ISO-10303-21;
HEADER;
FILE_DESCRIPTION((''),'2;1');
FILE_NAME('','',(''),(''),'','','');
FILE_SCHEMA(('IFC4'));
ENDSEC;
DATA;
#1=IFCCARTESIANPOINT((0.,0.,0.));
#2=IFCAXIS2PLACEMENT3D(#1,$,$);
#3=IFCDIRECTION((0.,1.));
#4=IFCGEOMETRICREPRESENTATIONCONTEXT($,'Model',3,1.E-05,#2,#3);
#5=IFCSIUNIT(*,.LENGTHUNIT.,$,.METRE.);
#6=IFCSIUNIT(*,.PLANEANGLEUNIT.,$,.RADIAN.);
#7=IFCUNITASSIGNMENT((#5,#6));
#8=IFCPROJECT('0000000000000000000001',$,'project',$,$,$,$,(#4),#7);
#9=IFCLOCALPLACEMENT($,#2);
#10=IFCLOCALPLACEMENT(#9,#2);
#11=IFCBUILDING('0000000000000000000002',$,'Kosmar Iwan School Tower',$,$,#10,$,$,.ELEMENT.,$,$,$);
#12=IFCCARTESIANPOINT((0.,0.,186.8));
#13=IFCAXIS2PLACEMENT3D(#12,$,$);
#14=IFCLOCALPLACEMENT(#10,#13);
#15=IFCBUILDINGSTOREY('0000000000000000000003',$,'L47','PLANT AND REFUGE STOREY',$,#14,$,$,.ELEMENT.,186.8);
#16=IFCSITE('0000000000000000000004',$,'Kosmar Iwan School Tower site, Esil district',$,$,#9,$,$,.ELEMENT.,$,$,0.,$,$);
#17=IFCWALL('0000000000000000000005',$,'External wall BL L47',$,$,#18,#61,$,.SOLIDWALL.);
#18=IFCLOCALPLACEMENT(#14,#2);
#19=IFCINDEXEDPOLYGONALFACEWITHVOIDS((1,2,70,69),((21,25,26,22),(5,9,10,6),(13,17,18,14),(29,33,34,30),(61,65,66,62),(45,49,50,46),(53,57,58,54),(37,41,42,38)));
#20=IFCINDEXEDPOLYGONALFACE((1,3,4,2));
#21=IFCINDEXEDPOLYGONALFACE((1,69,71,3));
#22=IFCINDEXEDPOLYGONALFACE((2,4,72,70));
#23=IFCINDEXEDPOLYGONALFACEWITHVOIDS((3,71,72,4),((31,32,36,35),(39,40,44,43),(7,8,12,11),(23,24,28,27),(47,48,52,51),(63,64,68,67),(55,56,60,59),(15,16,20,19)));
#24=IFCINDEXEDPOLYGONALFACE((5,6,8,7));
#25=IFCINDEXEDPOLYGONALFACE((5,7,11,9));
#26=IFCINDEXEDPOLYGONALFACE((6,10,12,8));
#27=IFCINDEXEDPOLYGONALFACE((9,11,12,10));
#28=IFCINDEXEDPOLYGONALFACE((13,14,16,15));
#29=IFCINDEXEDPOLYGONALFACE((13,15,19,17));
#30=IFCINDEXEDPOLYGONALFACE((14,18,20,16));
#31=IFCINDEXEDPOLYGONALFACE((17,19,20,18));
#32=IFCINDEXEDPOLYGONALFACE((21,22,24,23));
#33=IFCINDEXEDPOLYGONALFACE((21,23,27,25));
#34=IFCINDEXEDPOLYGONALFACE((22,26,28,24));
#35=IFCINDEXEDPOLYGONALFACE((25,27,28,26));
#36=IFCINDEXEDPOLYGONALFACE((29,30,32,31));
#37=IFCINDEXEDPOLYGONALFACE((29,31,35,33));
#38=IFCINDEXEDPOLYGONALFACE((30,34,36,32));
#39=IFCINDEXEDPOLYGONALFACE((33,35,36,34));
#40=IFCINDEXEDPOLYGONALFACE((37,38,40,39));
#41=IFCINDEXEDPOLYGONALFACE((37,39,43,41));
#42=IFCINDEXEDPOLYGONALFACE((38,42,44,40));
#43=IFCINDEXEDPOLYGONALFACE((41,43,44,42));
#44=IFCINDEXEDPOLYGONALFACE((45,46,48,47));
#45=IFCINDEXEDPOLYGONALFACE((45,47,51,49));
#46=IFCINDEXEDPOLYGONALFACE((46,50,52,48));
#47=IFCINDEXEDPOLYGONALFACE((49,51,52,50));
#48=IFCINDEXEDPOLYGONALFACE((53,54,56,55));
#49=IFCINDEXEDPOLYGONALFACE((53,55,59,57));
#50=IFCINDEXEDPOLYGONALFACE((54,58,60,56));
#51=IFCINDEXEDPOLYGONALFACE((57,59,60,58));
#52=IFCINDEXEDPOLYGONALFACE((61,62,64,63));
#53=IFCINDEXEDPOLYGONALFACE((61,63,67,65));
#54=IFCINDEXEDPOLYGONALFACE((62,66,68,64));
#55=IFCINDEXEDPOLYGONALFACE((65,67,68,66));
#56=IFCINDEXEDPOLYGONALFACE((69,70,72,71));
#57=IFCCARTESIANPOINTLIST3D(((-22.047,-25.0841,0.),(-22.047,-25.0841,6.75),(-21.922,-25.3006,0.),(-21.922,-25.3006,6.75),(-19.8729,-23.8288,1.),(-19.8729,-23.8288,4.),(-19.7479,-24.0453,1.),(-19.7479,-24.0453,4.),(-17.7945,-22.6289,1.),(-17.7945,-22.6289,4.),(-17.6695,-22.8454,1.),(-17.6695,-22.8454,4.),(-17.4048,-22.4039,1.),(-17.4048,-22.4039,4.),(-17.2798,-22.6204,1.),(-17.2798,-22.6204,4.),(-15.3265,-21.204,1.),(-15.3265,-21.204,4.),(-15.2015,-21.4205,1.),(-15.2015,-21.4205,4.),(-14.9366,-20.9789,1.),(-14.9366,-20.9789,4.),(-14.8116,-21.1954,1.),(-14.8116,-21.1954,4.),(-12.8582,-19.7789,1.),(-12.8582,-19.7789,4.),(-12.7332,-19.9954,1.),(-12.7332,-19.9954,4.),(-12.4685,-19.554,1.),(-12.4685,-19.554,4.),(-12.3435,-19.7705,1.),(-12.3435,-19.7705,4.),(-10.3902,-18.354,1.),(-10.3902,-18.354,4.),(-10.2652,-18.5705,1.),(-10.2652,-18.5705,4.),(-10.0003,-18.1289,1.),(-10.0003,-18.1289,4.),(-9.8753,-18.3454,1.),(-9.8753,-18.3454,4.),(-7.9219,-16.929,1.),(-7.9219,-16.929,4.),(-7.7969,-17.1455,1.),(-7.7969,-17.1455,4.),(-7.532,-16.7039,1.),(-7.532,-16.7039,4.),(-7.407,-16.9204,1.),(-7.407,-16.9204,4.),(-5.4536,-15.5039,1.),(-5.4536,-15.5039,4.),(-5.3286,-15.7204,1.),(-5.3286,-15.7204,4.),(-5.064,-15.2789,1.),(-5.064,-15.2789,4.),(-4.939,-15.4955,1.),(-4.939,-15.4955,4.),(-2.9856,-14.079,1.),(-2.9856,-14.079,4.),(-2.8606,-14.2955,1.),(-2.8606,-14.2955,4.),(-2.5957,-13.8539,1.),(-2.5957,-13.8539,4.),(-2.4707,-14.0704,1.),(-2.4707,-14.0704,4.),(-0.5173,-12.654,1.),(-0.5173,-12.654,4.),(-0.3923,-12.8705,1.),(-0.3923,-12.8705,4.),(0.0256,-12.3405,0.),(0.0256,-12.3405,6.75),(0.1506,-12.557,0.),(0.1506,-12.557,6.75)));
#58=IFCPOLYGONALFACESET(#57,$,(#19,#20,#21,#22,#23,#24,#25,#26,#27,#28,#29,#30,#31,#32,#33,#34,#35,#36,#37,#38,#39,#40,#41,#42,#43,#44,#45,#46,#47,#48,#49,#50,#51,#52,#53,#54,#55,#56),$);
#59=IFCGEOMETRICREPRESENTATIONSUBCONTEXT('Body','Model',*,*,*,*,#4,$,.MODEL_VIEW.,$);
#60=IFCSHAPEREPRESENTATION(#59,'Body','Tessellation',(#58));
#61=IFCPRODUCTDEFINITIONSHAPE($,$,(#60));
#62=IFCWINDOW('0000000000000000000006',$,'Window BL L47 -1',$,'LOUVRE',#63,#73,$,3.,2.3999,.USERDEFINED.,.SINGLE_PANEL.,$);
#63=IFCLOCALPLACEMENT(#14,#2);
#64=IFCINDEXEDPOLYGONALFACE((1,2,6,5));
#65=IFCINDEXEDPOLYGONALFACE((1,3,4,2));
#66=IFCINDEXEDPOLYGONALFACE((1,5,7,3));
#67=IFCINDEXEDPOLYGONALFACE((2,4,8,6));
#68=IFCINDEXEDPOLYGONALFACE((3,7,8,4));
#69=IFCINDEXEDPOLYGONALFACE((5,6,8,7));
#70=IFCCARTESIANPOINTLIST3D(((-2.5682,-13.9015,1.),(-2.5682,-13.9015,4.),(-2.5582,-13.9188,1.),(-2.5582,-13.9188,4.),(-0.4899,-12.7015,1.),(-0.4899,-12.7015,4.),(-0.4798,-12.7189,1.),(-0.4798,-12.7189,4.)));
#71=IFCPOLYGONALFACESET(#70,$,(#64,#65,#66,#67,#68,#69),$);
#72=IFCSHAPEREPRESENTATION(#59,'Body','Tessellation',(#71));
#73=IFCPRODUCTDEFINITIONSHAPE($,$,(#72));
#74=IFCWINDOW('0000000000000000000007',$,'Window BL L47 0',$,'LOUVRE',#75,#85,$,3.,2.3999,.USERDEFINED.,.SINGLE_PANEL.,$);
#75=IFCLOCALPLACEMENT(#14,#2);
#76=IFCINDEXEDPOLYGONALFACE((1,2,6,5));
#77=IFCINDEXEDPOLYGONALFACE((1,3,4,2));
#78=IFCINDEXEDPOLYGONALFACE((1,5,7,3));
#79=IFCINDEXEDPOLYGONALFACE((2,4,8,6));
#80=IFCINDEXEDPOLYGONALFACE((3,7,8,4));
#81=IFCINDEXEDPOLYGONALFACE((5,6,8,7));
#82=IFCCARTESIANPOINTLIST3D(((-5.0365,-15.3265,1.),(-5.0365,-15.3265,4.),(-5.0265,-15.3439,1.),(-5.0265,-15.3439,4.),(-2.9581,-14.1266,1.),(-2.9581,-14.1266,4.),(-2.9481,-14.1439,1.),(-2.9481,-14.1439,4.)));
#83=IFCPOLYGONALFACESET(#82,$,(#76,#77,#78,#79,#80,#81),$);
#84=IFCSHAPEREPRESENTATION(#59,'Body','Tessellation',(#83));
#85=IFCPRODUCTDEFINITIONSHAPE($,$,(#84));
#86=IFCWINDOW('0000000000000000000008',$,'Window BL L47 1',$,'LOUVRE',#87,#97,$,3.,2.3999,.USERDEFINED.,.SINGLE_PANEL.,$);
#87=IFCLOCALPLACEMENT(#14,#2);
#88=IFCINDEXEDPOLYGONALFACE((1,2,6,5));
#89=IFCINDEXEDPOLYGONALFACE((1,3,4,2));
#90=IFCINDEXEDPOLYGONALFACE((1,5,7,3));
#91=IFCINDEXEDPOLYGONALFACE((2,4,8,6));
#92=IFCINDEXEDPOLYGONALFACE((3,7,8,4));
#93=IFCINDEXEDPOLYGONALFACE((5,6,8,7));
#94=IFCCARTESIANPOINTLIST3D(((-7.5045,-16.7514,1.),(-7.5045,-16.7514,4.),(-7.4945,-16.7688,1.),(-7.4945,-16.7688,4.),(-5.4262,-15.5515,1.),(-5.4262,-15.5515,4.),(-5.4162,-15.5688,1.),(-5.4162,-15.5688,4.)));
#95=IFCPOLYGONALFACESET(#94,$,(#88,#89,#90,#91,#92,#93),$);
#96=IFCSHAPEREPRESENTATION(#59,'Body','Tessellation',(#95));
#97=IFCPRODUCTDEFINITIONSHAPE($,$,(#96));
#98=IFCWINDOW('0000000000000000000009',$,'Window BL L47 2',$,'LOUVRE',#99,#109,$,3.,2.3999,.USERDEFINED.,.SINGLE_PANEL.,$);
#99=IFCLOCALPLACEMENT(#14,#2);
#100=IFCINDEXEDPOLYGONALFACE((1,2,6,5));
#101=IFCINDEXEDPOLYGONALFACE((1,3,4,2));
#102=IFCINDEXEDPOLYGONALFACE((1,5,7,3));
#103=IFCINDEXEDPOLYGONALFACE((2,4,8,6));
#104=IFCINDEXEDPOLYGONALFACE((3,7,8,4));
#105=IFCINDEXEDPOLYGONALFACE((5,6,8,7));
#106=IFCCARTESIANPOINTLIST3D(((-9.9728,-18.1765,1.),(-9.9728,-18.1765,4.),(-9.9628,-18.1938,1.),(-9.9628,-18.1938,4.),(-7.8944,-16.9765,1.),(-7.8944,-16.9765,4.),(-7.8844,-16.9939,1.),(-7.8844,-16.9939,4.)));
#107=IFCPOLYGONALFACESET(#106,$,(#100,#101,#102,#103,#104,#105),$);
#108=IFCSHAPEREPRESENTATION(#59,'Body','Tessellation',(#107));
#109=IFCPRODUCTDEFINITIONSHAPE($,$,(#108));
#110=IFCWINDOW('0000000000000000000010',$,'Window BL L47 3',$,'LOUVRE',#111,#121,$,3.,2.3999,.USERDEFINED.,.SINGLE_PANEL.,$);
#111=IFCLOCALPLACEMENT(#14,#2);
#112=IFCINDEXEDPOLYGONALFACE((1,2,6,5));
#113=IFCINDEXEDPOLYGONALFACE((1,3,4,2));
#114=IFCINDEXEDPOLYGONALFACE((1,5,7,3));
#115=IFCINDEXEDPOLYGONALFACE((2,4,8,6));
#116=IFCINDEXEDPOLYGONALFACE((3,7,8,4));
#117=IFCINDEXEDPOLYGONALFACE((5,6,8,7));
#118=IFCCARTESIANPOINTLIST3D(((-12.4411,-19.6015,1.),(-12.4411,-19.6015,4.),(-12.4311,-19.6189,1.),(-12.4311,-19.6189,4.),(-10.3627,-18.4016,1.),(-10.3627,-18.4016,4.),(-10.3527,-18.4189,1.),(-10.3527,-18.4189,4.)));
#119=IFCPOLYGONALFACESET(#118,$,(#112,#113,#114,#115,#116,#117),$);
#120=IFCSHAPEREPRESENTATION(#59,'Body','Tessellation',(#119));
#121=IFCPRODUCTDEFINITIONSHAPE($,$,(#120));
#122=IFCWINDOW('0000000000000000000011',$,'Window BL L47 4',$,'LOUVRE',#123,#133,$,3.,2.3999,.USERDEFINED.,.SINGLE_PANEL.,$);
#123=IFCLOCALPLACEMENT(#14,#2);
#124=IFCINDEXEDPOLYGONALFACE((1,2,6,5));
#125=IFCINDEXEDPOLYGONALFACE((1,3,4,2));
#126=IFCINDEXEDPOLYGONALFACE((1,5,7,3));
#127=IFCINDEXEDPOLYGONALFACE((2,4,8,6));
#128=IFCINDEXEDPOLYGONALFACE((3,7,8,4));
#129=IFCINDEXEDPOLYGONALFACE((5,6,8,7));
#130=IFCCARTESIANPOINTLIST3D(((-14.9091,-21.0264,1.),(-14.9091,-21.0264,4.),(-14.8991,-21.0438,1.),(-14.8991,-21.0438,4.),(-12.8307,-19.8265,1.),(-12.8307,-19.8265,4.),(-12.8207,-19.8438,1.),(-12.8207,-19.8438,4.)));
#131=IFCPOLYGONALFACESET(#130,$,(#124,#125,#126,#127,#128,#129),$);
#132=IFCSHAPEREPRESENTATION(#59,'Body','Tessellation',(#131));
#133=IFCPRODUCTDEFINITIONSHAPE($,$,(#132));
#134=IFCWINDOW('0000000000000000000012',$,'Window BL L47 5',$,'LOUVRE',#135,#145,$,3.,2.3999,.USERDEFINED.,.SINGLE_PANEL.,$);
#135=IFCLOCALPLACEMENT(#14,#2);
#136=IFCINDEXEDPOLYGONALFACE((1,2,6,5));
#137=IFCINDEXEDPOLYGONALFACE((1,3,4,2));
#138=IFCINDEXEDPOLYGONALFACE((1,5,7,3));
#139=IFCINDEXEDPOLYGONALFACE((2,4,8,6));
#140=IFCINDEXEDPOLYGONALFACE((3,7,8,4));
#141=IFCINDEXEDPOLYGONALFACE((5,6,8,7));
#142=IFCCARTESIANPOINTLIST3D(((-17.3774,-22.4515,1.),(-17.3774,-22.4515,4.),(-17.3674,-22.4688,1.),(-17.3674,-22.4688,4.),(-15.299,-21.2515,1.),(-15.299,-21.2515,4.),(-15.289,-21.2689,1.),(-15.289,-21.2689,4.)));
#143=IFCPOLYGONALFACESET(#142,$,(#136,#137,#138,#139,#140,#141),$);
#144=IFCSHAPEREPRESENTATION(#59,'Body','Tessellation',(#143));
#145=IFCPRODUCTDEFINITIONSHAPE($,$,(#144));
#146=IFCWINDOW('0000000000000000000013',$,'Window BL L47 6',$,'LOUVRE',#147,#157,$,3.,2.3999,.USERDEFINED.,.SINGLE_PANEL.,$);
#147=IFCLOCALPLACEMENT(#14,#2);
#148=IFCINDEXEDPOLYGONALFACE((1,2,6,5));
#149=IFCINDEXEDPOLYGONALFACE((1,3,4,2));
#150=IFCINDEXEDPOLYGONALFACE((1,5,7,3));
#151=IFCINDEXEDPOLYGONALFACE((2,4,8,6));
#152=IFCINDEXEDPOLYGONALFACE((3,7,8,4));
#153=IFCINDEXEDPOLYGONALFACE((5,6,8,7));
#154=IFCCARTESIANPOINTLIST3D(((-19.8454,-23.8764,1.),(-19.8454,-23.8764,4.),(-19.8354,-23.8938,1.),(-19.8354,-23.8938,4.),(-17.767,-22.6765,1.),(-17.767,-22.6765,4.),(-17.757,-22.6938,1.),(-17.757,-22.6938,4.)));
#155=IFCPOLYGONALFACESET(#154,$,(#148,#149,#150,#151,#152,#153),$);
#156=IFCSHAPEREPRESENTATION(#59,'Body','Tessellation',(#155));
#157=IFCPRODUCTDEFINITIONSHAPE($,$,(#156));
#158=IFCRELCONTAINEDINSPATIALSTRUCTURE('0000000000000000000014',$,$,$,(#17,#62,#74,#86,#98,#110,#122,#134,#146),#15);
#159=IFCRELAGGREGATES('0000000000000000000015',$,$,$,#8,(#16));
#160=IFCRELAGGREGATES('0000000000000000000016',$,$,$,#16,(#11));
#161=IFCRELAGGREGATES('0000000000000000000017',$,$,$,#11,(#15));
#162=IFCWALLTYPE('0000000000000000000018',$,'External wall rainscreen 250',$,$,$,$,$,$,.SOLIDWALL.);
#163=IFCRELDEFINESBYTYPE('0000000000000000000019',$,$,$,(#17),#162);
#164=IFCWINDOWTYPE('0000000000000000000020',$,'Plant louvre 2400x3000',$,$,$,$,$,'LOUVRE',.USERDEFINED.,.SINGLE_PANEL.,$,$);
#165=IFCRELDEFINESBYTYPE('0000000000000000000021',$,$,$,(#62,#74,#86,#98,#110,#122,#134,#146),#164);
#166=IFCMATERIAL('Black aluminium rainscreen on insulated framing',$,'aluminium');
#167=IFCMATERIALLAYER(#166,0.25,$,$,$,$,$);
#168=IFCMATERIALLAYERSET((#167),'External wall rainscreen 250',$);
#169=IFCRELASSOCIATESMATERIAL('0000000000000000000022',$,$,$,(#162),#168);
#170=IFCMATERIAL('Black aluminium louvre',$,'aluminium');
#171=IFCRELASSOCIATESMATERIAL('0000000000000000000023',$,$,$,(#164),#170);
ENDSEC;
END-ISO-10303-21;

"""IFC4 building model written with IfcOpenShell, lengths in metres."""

from ifc_helpers import new_model, si_unit, direction, frame, frame_2d, origin, place, context, subcontext, project, spatial, rectangle, extrude, material, layer, layer_set, type_object, element, fill, save


model = new_model("IFC4")

# Units and contexts
model_context = context("Model", 3, precision=1e-05, world=origin(), true_north=direction((0.0, 1.0)))
body_context = subcontext(model_context, "Body", "Model", "MODEL_VIEW")
ifc_project = project(units=[si_unit("LENGTHUNIT", "METRE"), si_unit("PLANEANGLEUNIT", "RADIAN")], contexts=[model_context])

# Site, building, storey
site_placement = place(None, origin())
site = spatial("IfcSite", under=ifc_project, at=site_placement, Name="Kosmar Iwan School Tower site, Esil district", CompositionType="ELEMENT", RefElevation=0.0)
building_placement = place(site_placement, origin())
building = spatial("IfcBuilding", under=site, at=building_placement, Name="Kosmar Iwan School Tower", CompositionType="ELEMENT")
storey_placement = place(building_placement, frame((0.0, 0.0, 186.8)))
storey = spatial("IfcBuildingStorey", under=building, at=storey_placement, Name="L47", Description="PLANT AND REFUGE STOREY", CompositionType="ELEMENT", Elevation=186.8)

# Wall, openings, windows
ifc_material_1 = material(Name="Black aluminium rainscreen on insulated framing", Category="aluminium")
ifc_layer_1 = layer(ifc_material_1, 0.25)
ifc_layer_set_1 = layer_set([ifc_layer_1], Name="External wall rainscreen 250")
wall_type_1 = type_object("IfcWallType", Name="External wall rainscreen 250", PredefinedType="SOLIDWALL", material=ifc_layer_set_1)
wall_1_placement = place(storey_placement, frame((0.0881, -12.4487, 0.0), z_axis=(0.0, 0.0, 1.0), x_axis=(-0.866026, -0.499998, 0.0)))
wall_1 = element("IfcWall", 1, at=wall_1_placement, inside=storey, type_object=wall_type_1, Name="External wall BL L47", PredefinedType="SOLIDWALL", context=body_context, shape_type="SweptSolid", body=[
    extrude(rectangle(XDim=25.4873, YDim=0.25, at=frame_2d((12.7437, 0.0))), origin(), (0.0, 0.0, 1.0), 6.75),
])
opening_1_placement = place(wall_1_placement, frame((0.627, 0.0, 1.0)))
opening_1 = element("IfcOpeningElement", 2, at=opening_1_placement, cuts=wall_1, PredefinedType="OPENING", context=body_context, shape_type="SweptSolid", body=[
    extrude(rectangle(XDim=2.3999, YDim=3.0, at=frame_2d((1.2, 1.5))), frame((0.0, 0.137, 0.0), z_axis=(0.0, -1.0, 0.0), x_axis=(1.0, 0.0, 0.0)), (0.0, 0.0, 1.0), 0.2739),
])
opening_2_placement = place(wall_1_placement, frame((3.4771, 0.0, 1.0)))
opening_2 = element("IfcOpeningElement", 3, at=opening_2_placement, cuts=wall_1, PredefinedType="OPENING", context=body_context, shape_type="SweptSolid", body=[
    extrude(rectangle(XDim=2.3999, YDim=3.0, at=frame_2d((1.2, 1.5))), frame((0.0, 0.137, 0.0), z_axis=(0.0, -1.0, 0.0), x_axis=(1.0, 0.0, 0.0)), (0.0, 0.0, 1.0), 0.2739),
])
opening_3_placement = place(wall_1_placement, frame((6.3269, 0.0, 1.0)))
opening_3 = element("IfcOpeningElement", 4, at=opening_3_placement, cuts=wall_1, PredefinedType="OPENING", context=body_context, shape_type="SweptSolid", body=[
    extrude(rectangle(XDim=2.3999, YDim=3.0, at=frame_2d((1.2, 1.5))), frame((0.0, 0.137, 0.0), z_axis=(0.0, -1.0, 0.0), x_axis=(1.0, 0.0, 0.0)), (0.0, 0.0, 1.0), 0.2739),
])
opening_4_placement = place(wall_1_placement, frame((9.177, 0.0, 1.0)))
opening_4 = element("IfcOpeningElement", 5, at=opening_4_placement, cuts=wall_1, PredefinedType="OPENING", context=body_context, shape_type="SweptSolid", body=[
    extrude(rectangle(XDim=2.3999, YDim=3.0, at=frame_2d((1.2, 1.5))), frame((0.0, 0.137, 0.0), z_axis=(0.0, -1.0, 0.0), x_axis=(1.0, 0.0, 0.0)), (0.0, 0.0, 1.0), 0.2739),
])
opening_5_placement = place(wall_1_placement, frame((12.0271, 0.0, 1.0)))
opening_5 = element("IfcOpeningElement", 6, at=opening_5_placement, cuts=wall_1, PredefinedType="OPENING", context=body_context, shape_type="SweptSolid", body=[
    extrude(rectangle(XDim=2.3999, YDim=3.0, at=frame_2d((1.2, 1.5))), frame((0.0, 0.137, 0.0), z_axis=(0.0, -1.0, 0.0), x_axis=(1.0, 0.0, 0.0)), (0.0, 0.0, 1.0), 0.2739),
])
opening_6_placement = place(wall_1_placement, frame((14.877, 0.0, 1.0)))
opening_6 = element("IfcOpeningElement", 7, at=opening_6_placement, cuts=wall_1, PredefinedType="OPENING", context=body_context, shape_type="SweptSolid", body=[
    extrude(rectangle(XDim=2.3999, YDim=3.0, at=frame_2d((1.2, 1.5))), frame((0.0, 0.137, 0.0), z_axis=(0.0, -1.0, 0.0), x_axis=(1.0, 0.0, 0.0)), (0.0, 0.0, 1.0), 0.2739),
])
opening_7_placement = place(wall_1_placement, frame((17.7271, 0.0, 1.0)))
opening_7 = element("IfcOpeningElement", 8, at=opening_7_placement, cuts=wall_1, PredefinedType="OPENING", context=body_context, shape_type="SweptSolid", body=[
    extrude(rectangle(XDim=2.3999, YDim=3.0, at=frame_2d((1.2, 1.5))), frame((0.0, 0.137, 0.0), z_axis=(0.0, -1.0, 0.0), x_axis=(1.0, 0.0, 0.0)), (0.0, 0.0, 1.0), 0.2739),
])
opening_8_placement = place(wall_1_placement, frame((20.5769, 0.0, 1.0)))
opening_8 = element("IfcOpeningElement", 9, at=opening_8_placement, cuts=wall_1, PredefinedType="OPENING", context=body_context, shape_type="SweptSolid", body=[
    extrude(rectangle(XDim=2.3999, YDim=3.0, at=frame_2d((1.2, 1.5))), frame((0.0, 0.137, 0.0), z_axis=(0.0, -1.0, 0.0), x_axis=(1.0, 0.0, 0.0)), (0.0, 0.0, 1.0), 0.2739),
])
ifc_material_2 = material(Name="Black aluminium louvre", Category="aluminium")
window_type = type_object("IfcWindowType", Name="Plant louvre 2400x3000", ElementType="LOUVRE", PartitioningType="SINGLE_PANEL", PredefinedType="USERDEFINED", material=ifc_material_2)
window_1_placement = place(opening_1_placement, origin())
window_1 = element("IfcWindow", 10, at=window_1_placement, inside=storey, type_object=window_type, Name="Window BL L47 -1", ObjectType="LOUVRE", OverallHeight=3.0, OverallWidth=2.3999, PartitioningType="SINGLE_PANEL", PredefinedType="USERDEFINED", context=body_context, shape_type="SweptSolid", body=[
    extrude(rectangle(XDim=2.3999, YDim=3.0, at=frame_2d((1.2, 1.5))), frame((0.0, -0.05, 0.0), z_axis=(0.0, -1.0, 0.0), x_axis=(1.0, 0.0, 0.0)), (0.0, 0.0, 1.0), 0.02),
])
fill(opening_1, window_1)
window_2_placement = place(opening_2_placement, origin())
window_2 = element("IfcWindow", 11, at=window_2_placement, inside=storey, type_object=window_type, Name="Window BL L47 0", ObjectType="LOUVRE", OverallHeight=3.0, OverallWidth=2.3999, PartitioningType="SINGLE_PANEL", PredefinedType="USERDEFINED", context=body_context, shape_type="SweptSolid", body=[
    extrude(rectangle(XDim=2.3999, YDim=3.0, at=frame_2d((1.2, 1.5))), frame((0.0, -0.05, 0.0), z_axis=(0.0, -1.0, 0.0), x_axis=(1.0, 0.0, 0.0)), (0.0, 0.0, 1.0), 0.02),
])
fill(opening_2, window_2)
window_3_placement = place(opening_3_placement, origin())
window_3 = element("IfcWindow", 12, at=window_3_placement, inside=storey, type_object=window_type, Name="Window BL L47 1", ObjectType="LOUVRE", OverallHeight=3.0, OverallWidth=2.3999, PartitioningType="SINGLE_PANEL", PredefinedType="USERDEFINED", context=body_context, shape_type="SweptSolid", body=[
    extrude(rectangle(XDim=2.3999, YDim=3.0, at=frame_2d((1.2, 1.5))), frame((0.0, -0.05, 0.0), z_axis=(0.0, -1.0, 0.0), x_axis=(1.0, 0.0, 0.0)), (0.0, 0.0, 1.0), 0.02),
])
fill(opening_3, window_3)
window_4_placement = place(opening_4_placement, origin())
window_4 = element("IfcWindow", 13, at=window_4_placement, inside=storey, type_object=window_type, Name="Window BL L47 2", ObjectType="LOUVRE", OverallHeight=3.0, OverallWidth=2.3999, PartitioningType="SINGLE_PANEL", PredefinedType="USERDEFINED", context=body_context, shape_type="SweptSolid", body=[
    extrude(rectangle(XDim=2.3999, YDim=3.0, at=frame_2d((1.2, 1.5))), frame((0.0, -0.05, 0.0), z_axis=(0.0, -1.0, 0.0), x_axis=(1.0, 0.0, 0.0)), (0.0, 0.0, 1.0), 0.02),
])
fill(opening_4, window_4)
window_5_placement = place(opening_5_placement, origin())
window_5 = element("IfcWindow", 14, at=window_5_placement, inside=storey, type_object=window_type, Name="Window BL L47 3", ObjectType="LOUVRE", OverallHeight=3.0, OverallWidth=2.3999, PartitioningType="SINGLE_PANEL", PredefinedType="USERDEFINED", context=body_context, shape_type="SweptSolid", body=[
    extrude(rectangle(XDim=2.3999, YDim=3.0, at=frame_2d((1.2, 1.5))), frame((0.0, -0.05, 0.0), z_axis=(0.0, -1.0, 0.0), x_axis=(1.0, 0.0, 0.0)), (0.0, 0.0, 1.0), 0.02),
])
fill(opening_5, window_5)
window_6_placement = place(opening_6_placement, origin())
window_6 = element("IfcWindow", 15, at=window_6_placement, inside=storey, type_object=window_type, Name="Window BL L47 4", ObjectType="LOUVRE", OverallHeight=3.0, OverallWidth=2.3999, PartitioningType="SINGLE_PANEL", PredefinedType="USERDEFINED", context=body_context, shape_type="SweptSolid", body=[
    extrude(rectangle(XDim=2.3999, YDim=3.0, at=frame_2d((1.2, 1.5))), frame((0.0, -0.05, 0.0), z_axis=(0.0, -1.0, 0.0), x_axis=(1.0, 0.0, 0.0)), (0.0, 0.0, 1.0), 0.02),
])
fill(opening_6, window_6)
window_7_placement = place(opening_7_placement, origin())
window_7 = element("IfcWindow", 16, at=window_7_placement, inside=storey, type_object=window_type, Name="Window BL L47 5", ObjectType="LOUVRE", OverallHeight=3.0, OverallWidth=2.3999, PartitioningType="SINGLE_PANEL", PredefinedType="USERDEFINED", context=body_context, shape_type="SweptSolid", body=[
    extrude(rectangle(XDim=2.3999, YDim=3.0, at=frame_2d((1.2, 1.5))), frame((0.0, -0.05, 0.0), z_axis=(0.0, -1.0, 0.0), x_axis=(1.0, 0.0, 0.0)), (0.0, 0.0, 1.0), 0.02),
])
fill(opening_7, window_7)
window_8_placement = place(opening_8_placement, origin())
window_8 = element("IfcWindow", 17, at=window_8_placement, inside=storey, type_object=window_type, Name="Window BL L47 6", ObjectType="LOUVRE", OverallHeight=3.0, OverallWidth=2.3999, PartitioningType="SINGLE_PANEL", PredefinedType="USERDEFINED", context=body_context, shape_type="SweptSolid", body=[
    extrude(rectangle(XDim=2.3999, YDim=3.0, at=frame_2d((1.2, 1.5))), frame((0.0, -0.05, 0.0), z_axis=(0.0, -1.0, 0.0), x_axis=(1.0, 0.0, 0.0)), (0.0, 0.0, 1.0), 0.02),
])
fill(opening_8, window_8)

save(model, "model.ifc")
